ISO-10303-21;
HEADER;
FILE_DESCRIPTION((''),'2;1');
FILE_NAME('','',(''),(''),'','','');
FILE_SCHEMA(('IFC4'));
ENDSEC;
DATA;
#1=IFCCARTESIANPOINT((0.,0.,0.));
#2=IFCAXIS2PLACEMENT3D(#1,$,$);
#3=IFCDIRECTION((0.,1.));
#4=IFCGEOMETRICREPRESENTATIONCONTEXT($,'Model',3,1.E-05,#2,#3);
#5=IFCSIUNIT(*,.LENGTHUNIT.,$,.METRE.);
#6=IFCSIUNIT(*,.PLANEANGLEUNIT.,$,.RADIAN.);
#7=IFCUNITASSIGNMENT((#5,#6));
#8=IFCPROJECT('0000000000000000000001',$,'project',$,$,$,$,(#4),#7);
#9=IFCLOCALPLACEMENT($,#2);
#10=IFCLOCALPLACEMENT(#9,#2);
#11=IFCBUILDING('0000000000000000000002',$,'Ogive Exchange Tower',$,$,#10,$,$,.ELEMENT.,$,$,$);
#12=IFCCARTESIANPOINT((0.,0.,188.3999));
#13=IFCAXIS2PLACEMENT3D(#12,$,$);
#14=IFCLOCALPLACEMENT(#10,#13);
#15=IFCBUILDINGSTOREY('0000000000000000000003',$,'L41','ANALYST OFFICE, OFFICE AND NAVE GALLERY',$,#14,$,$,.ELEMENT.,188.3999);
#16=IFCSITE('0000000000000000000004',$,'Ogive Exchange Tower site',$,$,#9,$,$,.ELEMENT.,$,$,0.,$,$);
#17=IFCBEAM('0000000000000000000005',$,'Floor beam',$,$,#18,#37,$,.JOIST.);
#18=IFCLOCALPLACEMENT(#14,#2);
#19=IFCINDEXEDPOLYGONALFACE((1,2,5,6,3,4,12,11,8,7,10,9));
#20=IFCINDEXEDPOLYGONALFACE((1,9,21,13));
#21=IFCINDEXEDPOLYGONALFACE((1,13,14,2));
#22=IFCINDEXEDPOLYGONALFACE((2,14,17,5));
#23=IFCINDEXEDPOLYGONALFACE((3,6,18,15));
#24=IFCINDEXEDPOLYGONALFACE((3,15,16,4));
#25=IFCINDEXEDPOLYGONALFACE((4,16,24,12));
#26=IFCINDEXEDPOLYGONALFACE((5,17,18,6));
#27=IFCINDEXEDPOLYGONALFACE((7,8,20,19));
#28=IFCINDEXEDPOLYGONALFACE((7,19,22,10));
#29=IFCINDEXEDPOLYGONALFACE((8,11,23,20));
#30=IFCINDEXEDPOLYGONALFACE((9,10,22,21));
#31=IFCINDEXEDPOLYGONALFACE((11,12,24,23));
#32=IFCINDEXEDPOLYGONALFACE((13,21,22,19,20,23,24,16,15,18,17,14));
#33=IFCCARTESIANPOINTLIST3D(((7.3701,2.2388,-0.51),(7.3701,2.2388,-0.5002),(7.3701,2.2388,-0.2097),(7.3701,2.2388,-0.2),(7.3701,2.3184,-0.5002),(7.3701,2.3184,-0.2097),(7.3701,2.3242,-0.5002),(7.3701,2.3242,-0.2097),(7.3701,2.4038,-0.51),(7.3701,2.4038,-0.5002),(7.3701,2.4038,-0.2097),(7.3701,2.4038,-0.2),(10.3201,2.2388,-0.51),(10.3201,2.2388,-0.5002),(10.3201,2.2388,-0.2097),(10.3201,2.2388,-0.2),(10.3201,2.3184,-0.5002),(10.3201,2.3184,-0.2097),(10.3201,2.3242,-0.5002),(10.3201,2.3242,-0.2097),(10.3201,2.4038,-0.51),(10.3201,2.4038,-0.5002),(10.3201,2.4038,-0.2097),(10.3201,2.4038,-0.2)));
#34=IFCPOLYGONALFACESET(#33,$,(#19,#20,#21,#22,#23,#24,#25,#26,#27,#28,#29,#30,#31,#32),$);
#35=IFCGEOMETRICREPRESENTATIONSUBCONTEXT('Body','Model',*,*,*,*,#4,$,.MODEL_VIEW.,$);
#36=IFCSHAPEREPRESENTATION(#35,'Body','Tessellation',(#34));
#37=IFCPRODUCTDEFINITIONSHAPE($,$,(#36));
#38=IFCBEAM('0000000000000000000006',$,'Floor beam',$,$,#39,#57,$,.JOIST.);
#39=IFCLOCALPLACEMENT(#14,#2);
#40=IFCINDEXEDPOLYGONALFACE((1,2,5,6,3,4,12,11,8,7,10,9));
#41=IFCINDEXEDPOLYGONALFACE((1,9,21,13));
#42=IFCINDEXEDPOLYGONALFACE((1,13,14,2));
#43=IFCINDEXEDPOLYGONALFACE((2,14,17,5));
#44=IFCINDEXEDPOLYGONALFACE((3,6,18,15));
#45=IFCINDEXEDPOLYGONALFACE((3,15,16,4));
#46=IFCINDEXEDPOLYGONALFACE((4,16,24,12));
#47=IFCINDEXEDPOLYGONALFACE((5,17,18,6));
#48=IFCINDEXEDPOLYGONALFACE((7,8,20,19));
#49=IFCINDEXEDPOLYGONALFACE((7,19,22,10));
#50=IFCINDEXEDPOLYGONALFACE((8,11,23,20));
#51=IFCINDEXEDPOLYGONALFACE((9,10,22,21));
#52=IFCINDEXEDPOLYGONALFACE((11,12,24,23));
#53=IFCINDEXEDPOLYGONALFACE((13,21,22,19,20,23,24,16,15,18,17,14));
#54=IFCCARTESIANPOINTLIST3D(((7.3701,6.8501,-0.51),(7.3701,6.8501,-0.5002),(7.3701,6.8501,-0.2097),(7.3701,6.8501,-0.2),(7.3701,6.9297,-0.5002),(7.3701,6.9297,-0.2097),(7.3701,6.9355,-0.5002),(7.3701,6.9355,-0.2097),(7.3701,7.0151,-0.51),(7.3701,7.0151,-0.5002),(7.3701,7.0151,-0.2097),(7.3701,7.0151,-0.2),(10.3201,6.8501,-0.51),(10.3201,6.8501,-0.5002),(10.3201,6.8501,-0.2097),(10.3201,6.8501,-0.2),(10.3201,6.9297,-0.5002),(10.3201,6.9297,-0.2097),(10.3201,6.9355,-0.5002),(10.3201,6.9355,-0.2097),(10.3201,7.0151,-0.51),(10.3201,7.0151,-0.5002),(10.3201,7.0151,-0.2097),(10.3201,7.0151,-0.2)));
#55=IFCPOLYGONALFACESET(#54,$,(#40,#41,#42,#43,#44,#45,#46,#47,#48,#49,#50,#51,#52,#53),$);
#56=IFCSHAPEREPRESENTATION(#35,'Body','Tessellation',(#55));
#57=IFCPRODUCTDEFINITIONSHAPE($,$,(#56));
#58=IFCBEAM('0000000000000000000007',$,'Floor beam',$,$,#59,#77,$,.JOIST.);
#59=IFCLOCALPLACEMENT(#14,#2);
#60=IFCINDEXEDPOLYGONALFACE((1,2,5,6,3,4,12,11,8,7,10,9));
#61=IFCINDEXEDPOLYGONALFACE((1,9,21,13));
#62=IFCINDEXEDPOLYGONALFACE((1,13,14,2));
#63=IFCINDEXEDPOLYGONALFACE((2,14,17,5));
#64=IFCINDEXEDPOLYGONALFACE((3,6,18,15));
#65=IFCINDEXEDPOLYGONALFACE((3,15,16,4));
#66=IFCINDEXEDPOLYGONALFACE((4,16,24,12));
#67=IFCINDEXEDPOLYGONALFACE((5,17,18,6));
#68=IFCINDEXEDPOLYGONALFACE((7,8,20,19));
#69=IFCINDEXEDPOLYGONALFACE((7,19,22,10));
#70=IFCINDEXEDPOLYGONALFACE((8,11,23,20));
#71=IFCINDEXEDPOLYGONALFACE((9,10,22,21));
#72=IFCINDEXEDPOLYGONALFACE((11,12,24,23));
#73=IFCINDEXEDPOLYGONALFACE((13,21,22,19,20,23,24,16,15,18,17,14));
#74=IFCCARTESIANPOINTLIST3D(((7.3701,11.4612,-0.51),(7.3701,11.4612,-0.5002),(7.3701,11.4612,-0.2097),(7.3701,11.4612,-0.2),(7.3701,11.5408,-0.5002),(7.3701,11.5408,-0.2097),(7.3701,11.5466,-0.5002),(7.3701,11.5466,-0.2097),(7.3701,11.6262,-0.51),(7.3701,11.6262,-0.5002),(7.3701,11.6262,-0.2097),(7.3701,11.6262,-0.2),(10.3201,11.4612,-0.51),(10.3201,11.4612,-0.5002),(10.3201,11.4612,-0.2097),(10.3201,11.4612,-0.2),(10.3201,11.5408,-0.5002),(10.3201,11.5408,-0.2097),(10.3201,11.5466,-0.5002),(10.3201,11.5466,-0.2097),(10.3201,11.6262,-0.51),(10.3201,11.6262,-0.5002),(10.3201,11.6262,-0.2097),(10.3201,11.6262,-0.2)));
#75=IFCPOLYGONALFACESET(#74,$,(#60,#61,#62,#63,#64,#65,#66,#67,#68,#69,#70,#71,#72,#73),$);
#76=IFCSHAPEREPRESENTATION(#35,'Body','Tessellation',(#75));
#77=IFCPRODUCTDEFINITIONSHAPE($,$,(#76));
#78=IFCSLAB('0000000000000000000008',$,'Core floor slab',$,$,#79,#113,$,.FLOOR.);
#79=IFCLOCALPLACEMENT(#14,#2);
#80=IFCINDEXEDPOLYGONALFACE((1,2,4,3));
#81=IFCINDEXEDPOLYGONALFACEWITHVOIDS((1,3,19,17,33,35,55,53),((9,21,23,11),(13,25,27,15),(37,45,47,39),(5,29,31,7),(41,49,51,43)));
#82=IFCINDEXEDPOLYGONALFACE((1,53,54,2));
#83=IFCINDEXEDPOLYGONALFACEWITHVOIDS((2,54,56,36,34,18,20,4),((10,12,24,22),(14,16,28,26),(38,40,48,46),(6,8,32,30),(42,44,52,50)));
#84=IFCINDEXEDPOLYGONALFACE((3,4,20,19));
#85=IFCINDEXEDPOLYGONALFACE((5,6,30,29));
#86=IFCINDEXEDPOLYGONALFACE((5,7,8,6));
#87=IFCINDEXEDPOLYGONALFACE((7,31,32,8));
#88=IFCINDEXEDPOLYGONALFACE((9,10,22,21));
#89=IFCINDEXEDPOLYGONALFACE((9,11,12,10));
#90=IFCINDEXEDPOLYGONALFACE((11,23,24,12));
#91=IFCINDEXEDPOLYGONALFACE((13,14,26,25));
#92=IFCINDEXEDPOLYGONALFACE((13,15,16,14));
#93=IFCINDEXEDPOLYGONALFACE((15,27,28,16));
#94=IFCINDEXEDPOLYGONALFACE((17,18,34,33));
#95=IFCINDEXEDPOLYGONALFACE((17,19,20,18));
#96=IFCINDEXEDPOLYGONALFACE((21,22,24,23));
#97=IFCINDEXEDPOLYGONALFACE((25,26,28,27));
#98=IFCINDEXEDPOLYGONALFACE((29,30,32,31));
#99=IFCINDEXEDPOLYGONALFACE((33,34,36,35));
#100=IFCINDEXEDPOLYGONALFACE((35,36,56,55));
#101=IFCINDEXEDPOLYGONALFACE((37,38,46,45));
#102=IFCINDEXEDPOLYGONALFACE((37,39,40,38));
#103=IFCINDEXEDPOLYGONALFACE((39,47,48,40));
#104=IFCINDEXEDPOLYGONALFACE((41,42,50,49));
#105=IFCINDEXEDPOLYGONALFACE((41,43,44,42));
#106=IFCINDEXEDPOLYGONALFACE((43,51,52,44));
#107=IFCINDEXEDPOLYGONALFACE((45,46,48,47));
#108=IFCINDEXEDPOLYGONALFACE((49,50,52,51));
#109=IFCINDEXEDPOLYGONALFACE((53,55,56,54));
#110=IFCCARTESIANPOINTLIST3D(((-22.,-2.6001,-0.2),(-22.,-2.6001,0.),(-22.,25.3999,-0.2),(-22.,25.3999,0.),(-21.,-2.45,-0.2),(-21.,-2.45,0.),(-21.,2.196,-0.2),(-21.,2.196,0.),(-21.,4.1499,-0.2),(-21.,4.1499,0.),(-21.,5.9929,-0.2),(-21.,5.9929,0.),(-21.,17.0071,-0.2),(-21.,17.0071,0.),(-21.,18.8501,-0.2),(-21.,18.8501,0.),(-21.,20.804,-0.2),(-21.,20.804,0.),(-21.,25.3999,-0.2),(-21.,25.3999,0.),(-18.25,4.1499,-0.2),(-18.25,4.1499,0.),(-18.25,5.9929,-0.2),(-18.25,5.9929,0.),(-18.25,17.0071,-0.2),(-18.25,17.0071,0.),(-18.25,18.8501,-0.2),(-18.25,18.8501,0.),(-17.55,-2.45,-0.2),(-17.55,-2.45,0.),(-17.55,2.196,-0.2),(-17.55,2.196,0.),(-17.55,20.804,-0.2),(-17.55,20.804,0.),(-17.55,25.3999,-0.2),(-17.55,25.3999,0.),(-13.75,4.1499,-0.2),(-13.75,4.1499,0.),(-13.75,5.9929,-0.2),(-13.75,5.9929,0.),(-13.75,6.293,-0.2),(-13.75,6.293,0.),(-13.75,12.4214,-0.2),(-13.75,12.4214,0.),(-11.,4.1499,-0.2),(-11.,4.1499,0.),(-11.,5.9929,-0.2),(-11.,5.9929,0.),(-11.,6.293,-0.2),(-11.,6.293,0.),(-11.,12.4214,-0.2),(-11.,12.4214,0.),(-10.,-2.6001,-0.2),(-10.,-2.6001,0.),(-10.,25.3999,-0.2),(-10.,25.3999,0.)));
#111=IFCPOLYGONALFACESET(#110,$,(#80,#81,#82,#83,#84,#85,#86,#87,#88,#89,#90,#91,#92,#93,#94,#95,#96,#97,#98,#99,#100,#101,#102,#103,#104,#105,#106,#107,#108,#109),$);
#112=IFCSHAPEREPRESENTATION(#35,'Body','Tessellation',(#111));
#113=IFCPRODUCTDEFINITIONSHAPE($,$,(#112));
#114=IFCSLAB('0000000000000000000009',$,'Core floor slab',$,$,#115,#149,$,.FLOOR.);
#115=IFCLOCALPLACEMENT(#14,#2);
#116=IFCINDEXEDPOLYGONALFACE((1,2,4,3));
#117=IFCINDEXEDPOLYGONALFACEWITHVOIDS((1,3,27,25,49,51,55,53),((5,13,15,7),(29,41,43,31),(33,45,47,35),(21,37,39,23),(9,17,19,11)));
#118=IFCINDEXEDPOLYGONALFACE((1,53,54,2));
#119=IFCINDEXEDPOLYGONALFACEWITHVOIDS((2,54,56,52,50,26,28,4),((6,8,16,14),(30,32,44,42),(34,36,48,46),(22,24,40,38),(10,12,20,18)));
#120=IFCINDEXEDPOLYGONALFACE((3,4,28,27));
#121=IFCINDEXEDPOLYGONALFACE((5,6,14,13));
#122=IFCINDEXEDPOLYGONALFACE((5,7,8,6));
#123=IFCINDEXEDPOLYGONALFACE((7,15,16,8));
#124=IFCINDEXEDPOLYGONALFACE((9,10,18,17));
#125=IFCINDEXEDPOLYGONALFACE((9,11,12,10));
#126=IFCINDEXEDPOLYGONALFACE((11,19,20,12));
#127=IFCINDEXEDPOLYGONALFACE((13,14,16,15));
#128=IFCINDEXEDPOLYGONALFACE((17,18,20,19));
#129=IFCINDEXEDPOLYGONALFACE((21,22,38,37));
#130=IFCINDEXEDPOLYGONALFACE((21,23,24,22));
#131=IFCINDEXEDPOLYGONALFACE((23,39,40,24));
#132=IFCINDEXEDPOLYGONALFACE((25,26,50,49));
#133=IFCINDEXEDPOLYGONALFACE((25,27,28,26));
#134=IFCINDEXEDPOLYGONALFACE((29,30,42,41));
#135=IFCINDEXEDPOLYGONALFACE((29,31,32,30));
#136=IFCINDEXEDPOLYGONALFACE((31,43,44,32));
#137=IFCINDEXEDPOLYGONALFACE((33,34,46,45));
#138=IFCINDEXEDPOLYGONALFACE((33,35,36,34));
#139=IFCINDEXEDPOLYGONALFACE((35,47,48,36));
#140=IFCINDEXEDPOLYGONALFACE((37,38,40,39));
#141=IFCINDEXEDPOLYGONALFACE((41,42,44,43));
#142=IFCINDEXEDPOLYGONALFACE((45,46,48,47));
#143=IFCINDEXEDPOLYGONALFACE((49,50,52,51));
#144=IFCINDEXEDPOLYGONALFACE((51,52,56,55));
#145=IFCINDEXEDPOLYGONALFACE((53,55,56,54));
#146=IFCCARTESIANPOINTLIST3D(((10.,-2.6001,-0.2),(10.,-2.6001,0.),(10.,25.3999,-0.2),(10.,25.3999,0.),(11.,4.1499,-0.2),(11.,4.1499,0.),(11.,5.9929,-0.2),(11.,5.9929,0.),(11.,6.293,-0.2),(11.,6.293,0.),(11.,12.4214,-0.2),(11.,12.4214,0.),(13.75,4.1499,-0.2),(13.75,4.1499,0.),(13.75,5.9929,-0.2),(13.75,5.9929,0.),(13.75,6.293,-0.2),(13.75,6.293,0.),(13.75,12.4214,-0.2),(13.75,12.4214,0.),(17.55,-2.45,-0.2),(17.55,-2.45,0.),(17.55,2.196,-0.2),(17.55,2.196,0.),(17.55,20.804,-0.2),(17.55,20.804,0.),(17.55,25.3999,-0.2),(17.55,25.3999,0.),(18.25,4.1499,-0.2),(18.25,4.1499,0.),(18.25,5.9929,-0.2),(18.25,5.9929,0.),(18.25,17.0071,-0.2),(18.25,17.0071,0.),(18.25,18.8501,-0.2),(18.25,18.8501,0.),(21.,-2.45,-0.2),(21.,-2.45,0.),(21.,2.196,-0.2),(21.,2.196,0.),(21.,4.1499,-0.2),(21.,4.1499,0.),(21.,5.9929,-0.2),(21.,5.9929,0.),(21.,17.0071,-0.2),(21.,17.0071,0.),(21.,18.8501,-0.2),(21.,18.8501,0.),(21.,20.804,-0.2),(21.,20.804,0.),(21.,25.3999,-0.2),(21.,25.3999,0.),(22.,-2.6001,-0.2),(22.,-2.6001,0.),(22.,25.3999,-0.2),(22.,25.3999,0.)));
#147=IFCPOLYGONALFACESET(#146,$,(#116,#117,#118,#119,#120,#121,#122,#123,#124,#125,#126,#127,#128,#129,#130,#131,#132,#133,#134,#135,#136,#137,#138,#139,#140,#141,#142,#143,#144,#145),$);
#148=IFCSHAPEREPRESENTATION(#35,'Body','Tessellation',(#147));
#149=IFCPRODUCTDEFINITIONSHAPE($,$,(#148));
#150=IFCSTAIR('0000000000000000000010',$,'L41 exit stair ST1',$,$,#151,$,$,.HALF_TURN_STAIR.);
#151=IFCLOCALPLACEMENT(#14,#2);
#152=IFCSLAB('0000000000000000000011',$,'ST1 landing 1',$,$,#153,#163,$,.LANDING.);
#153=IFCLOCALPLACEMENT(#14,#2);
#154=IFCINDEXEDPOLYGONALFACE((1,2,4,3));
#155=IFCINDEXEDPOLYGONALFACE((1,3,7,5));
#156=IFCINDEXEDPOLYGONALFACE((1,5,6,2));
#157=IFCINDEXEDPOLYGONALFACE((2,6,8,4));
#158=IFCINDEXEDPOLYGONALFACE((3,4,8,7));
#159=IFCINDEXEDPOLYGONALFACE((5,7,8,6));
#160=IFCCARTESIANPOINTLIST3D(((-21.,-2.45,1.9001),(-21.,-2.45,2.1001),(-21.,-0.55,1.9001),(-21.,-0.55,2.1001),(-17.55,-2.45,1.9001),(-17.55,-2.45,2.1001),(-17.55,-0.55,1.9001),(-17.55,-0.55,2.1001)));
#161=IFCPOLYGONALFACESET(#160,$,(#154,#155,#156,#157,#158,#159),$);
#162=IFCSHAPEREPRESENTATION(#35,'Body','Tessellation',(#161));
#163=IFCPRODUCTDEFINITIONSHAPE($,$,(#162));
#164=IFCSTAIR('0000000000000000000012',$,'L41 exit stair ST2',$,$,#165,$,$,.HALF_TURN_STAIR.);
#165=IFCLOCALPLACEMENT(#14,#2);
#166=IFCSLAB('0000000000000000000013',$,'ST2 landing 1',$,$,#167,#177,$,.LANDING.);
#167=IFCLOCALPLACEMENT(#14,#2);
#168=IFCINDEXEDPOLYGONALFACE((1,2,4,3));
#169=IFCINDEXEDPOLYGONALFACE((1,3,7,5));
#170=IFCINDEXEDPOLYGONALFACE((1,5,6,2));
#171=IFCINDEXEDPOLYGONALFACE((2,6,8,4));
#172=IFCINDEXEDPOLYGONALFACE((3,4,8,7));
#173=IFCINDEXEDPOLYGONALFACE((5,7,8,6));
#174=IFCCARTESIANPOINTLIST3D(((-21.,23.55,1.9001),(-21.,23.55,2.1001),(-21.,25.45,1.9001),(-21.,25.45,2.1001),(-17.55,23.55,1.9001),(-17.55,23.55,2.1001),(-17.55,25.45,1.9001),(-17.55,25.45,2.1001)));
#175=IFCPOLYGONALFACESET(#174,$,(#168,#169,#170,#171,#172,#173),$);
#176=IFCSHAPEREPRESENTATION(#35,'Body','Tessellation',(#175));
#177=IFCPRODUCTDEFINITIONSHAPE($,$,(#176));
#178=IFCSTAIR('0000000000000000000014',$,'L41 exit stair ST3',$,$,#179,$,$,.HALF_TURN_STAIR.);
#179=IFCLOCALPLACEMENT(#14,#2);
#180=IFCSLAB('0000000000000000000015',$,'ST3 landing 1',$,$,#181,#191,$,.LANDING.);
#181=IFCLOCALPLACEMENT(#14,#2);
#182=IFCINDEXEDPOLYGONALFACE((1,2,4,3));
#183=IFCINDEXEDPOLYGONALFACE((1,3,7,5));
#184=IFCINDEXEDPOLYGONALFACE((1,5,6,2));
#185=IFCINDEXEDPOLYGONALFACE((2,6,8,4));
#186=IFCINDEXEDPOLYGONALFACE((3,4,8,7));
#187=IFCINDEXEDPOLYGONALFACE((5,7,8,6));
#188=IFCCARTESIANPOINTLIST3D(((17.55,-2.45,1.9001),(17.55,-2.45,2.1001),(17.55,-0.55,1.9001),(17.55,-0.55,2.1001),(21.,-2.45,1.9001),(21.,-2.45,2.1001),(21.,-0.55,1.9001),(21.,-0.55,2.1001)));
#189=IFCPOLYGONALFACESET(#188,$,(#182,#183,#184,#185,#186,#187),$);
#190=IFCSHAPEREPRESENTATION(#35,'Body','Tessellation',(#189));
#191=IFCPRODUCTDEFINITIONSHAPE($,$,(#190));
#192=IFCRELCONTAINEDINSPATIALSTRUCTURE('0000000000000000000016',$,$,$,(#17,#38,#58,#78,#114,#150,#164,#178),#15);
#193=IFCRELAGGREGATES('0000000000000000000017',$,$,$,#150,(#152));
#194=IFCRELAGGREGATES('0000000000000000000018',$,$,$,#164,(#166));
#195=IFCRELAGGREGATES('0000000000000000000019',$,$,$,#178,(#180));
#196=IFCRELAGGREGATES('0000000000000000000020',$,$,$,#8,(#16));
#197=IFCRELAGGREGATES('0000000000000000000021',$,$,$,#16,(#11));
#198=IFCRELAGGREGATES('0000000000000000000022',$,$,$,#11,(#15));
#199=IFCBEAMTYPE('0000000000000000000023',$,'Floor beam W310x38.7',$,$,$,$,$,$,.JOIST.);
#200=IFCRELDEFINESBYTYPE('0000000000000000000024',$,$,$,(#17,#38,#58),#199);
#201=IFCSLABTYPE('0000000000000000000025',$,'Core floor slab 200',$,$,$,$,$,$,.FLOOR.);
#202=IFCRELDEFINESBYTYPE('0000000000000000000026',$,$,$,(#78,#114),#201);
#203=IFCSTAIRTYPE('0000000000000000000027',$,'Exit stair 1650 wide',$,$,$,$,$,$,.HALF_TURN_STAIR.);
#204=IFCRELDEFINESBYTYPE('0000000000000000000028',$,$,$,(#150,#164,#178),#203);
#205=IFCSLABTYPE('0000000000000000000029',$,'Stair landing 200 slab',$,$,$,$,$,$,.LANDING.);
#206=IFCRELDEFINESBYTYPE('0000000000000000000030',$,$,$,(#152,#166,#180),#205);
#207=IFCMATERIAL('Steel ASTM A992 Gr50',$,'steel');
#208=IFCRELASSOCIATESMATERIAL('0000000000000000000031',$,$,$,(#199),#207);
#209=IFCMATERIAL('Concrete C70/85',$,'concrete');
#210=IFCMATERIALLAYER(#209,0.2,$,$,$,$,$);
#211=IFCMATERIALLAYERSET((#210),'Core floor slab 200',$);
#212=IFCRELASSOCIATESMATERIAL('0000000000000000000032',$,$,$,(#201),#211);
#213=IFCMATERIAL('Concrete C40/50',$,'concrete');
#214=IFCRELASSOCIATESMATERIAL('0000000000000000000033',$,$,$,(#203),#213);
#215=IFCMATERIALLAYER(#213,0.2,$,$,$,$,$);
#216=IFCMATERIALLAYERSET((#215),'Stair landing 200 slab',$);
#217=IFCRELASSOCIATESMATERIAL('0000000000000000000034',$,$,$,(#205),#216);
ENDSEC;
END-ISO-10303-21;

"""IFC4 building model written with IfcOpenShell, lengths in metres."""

from ifc_helpers import new_model, si_unit, direction, frame, origin, origin_2d, place, context, subcontext, project, spatial, polyline, i_section, outline, extrude, material, layer, layer_set, material_profile, profile_set, type_object, element, aggregate, save


model = new_model("IFC4")

# Units and contexts
model_context = context("Model", 3, precision=1e-05, world=origin(), true_north=direction((0.0, 1.0)))
body_context = subcontext(model_context, "Body", "Model", "MODEL_VIEW")
ifc_project = project(units=[si_unit("LENGTHUNIT", "METRE"), si_unit("PLANEANGLEUNIT", "RADIAN")], contexts=[model_context])

# Site, building, storey
site_placement = place(None, origin())
site = spatial("IfcSite", under=ifc_project, at=site_placement, Name="Ogive Exchange Tower site", CompositionType="ELEMENT", RefElevation=0.0)
building_placement = place(site_placement, origin())
building = spatial("IfcBuilding", under=site, at=building_placement, Name="Ogive Exchange Tower", CompositionType="ELEMENT")
storey_placement = place(building_placement, frame((0.0, 0.0, 188.3999)))
storey = spatial("IfcBuildingStorey", under=building, at=storey_placement, Name="L41", Description="ANALYST OFFICE, OFFICE AND NAVE GALLERY", CompositionType="ELEMENT", Elevation=188.3999)

# Beams
ifc_material_1 = material(Name="Steel ASTM A992 Gr50", Category="steel")
ifc_material_profile = material_profile(ifc_material_1, i_section(OverallWidth=0.165, OverallDepth=0.3101, WebThickness=0.0059, FlangeThickness=0.0098, at=origin_2d()), Name="W310x38.7")
ifc_profile_set = profile_set([ifc_material_profile], Name="Steel ASTM A992 Gr50")
beam_type = type_object("IfcBeamType", Name="Floor beam W310x38.7", PredefinedType="JOIST", material=ifc_profile_set)
for number, where, z_axis, x_axis, name in (
    (1, (7.3701, 2.3213, -0.355), (1.0, 0.0, 0.0), (0.0, 1.0, 0.0), "Floor beam"),
    (2, (7.3701, 6.9326, -0.355), (1.0, 0.0, 0.0), (0.0, 1.0, 0.0), "Floor beam"),
    (3, (7.3701, 11.5437, -0.355), (1.0, 0.0, 0.0), (0.0, 1.0, 0.0), "Floor beam"),
):
    element("IfcBeam", number, at=place(storey_placement, frame(where, z_axis=z_axis, x_axis=x_axis)), inside=storey, type_object=beam_type, Name=name, PredefinedType="JOIST", context=body_context, shape_type="SweptSolid", body=[
        extrude(i_section(OverallWidth=0.165, OverallDepth=0.3101, WebThickness=0.0059, FlangeThickness=0.0098, at=origin_2d()), origin(), (0.0, 0.0, 1.0), 2.95),
    ])

# Slabs
ifc_material_2 = material(Name="Concrete C70/85", Category="concrete")
ifc_layer_1 = layer(ifc_material_2, 0.2)
ifc_layer_set_1 = layer_set([ifc_layer_1], Name="Core floor slab 200")
slab_type_1 = type_object("IfcSlabType", Name="Core floor slab 200", PredefinedType="FLOOR", material=ifc_layer_set_1)
slab_1_placement = place(storey_placement, frame((0.0, 0.0, -0.2)))
element("IfcSlab", 4, at=slab_1_placement, inside=storey, type_object=slab_type_1, Name="Core floor slab", PredefinedType="FLOOR", context=body_context, shape_type="SweptSolid", body=[
    extrude(outline(polyline([(-10.0, 25.3999), (-10.0, -2.6001), (-22.0, -2.6001), (-22.0, 25.3999), (-21.0, 25.3999), (-21.0, 20.804), (-17.55, 20.804), (-17.55, 25.3999), (-10.0, 25.3999)]), holes=[polyline([(-17.55, 2.196), (-21.0, 2.196), (-21.0, -2.45), (-17.55, -2.45), (-17.55, 2.196)]), polyline([(-18.25, 5.9929), (-21.0, 5.9929), (-21.0, 4.1499), (-18.25, 4.1499), (-18.25, 5.9929)]), polyline([(-11.0, 5.9929), (-13.75, 5.9929), (-13.75, 4.1499), (-11.0, 4.1499), (-11.0, 5.9929)]), polyline([(-13.75, 12.4214), (-13.75, 6.293), (-11.0, 6.293), (-11.0, 12.4214), (-13.75, 12.4214)]), polyline([(-18.25, 18.8501), (-21.0, 18.8501), (-21.0, 17.0071), (-18.25, 17.0071), (-18.25, 18.8501)])]), origin(), (0.0, 0.0, 1.0), 0.2),
])
slab_2_placement = place(storey_placement, frame((0.0, 0.0, -0.2)))
element("IfcSlab", 5, at=slab_2_placement, inside=storey, type_object=slab_type_1, Name="Core floor slab", PredefinedType="FLOOR", context=body_context, shape_type="SweptSolid", body=[
    extrude(outline(polyline([(22.0, 25.3999), (22.0, -2.6001), (10.0, -2.6001), (10.0, 25.3999), (17.55, 25.3999), (17.55, 20.804), (21.0, 20.804), (21.0, 25.3999), (22.0, 25.3999)]), holes=[polyline([(21.0, 2.196), (17.55, 2.196), (17.55, -2.45), (21.0, -2.45), (21.0, 2.196)]), polyline([(13.75, 5.9929), (11.0, 5.9929), (11.0, 4.1499), (13.75, 4.1499), (13.75, 5.9929)]), polyline([(21.0, 5.9929), (18.25, 5.9929), (18.25, 4.1499), (21.0, 4.1499), (21.0, 5.9929)]), polyline([(11.0, 12.4214), (11.0, 6.293), (13.75, 6.293), (13.75, 12.4214), (11.0, 12.4214)]), polyline([(21.0, 18.8501), (18.25, 18.8501), (18.25, 17.0071), (21.0, 17.0071), (21.0, 18.8501)])]), origin(), (0.0, 0.0, 1.0), 0.2),
])

# Stairs, slabs
ifc_material_3 = material(Name="Concrete C40/50", Category="concrete")
stair_type = type_object("IfcStairType", Name="Exit stair 1650 wide", PredefinedType="HALF_TURN_STAIR", material=ifc_material_3)
stair_1_placement = place(storey_placement, origin())
stair_1 = element("IfcStair", 6, at=stair_1_placement, inside=storey, type_object=stair_type, Name="L41 exit stair ST1", PredefinedType="HALF_TURN_STAIR")
ifc_layer_2 = layer(ifc_material_3, 0.2)
ifc_layer_set_2 = layer_set([ifc_layer_2], Name="Stair landing 200 slab")
slab_type_2 = type_object("IfcSlabType", Name="Stair landing 200 slab", PredefinedType="LANDING", material=ifc_layer_set_2)
slab_3_placement = place(storey_placement, frame((0.0, 0.0, 1.9001)))
slab_3 = element("IfcSlab", 7, at=slab_3_placement, type_object=slab_type_2, Name="ST1 landing 1", PredefinedType="LANDING", context=body_context, shape_type="SweptSolid", body=[
    extrude(outline(polyline([(-21.0, -0.55), (-21.0, -2.45), (-17.55, -2.45), (-17.55, -0.55), (-21.0, -0.55)])), origin(), (0.0, 0.0, 1.0), 0.2),
])
aggregate(stair_1, [slab_3])
stair_2_placement = place(storey_placement, origin())
stair_2 = element("IfcStair", 8, at=stair_2_placement, inside=storey, type_object=stair_type, Name="L41 exit stair ST2", PredefinedType="HALF_TURN_STAIR")
slab_4_placement = place(storey_placement, frame((0.0, 0.0, 1.9001)))
slab_4 = element("IfcSlab", 9, at=slab_4_placement, type_object=slab_type_2, Name="ST2 landing 1", PredefinedType="LANDING", context=body_context, shape_type="SweptSolid", body=[
    extrude(outline(polyline([(-17.55, 23.55), (-17.55, 25.45), (-21.0, 25.45), (-21.0, 23.55), (-17.55, 23.55)])), origin(), (0.0, 0.0, 1.0), 0.2),
])
aggregate(stair_2, [slab_4])
stair_3_placement = place(storey_placement, origin())
stair_3 = element("IfcStair", 10, at=stair_3_placement, inside=storey, type_object=stair_type, Name="L41 exit stair ST3", PredefinedType="HALF_TURN_STAIR")
slab_5_placement = place(storey_placement, frame((0.0, 0.0, 1.9001)))
slab_5 = element("IfcSlab", 11, at=slab_5_placement, type_object=slab_type_2, Name="ST3 landing 1", PredefinedType="LANDING", context=body_context, shape_type="SweptSolid", body=[
    extrude(outline(polyline([(17.55, -0.55), (17.55, -2.45), (21.0, -2.45), (21.0, -0.55), (17.55, -0.55)])), origin(), (0.0, 0.0, 1.0), 0.2),
])
aggregate(stair_3, [slab_5])

save(model, "model.ifc")
